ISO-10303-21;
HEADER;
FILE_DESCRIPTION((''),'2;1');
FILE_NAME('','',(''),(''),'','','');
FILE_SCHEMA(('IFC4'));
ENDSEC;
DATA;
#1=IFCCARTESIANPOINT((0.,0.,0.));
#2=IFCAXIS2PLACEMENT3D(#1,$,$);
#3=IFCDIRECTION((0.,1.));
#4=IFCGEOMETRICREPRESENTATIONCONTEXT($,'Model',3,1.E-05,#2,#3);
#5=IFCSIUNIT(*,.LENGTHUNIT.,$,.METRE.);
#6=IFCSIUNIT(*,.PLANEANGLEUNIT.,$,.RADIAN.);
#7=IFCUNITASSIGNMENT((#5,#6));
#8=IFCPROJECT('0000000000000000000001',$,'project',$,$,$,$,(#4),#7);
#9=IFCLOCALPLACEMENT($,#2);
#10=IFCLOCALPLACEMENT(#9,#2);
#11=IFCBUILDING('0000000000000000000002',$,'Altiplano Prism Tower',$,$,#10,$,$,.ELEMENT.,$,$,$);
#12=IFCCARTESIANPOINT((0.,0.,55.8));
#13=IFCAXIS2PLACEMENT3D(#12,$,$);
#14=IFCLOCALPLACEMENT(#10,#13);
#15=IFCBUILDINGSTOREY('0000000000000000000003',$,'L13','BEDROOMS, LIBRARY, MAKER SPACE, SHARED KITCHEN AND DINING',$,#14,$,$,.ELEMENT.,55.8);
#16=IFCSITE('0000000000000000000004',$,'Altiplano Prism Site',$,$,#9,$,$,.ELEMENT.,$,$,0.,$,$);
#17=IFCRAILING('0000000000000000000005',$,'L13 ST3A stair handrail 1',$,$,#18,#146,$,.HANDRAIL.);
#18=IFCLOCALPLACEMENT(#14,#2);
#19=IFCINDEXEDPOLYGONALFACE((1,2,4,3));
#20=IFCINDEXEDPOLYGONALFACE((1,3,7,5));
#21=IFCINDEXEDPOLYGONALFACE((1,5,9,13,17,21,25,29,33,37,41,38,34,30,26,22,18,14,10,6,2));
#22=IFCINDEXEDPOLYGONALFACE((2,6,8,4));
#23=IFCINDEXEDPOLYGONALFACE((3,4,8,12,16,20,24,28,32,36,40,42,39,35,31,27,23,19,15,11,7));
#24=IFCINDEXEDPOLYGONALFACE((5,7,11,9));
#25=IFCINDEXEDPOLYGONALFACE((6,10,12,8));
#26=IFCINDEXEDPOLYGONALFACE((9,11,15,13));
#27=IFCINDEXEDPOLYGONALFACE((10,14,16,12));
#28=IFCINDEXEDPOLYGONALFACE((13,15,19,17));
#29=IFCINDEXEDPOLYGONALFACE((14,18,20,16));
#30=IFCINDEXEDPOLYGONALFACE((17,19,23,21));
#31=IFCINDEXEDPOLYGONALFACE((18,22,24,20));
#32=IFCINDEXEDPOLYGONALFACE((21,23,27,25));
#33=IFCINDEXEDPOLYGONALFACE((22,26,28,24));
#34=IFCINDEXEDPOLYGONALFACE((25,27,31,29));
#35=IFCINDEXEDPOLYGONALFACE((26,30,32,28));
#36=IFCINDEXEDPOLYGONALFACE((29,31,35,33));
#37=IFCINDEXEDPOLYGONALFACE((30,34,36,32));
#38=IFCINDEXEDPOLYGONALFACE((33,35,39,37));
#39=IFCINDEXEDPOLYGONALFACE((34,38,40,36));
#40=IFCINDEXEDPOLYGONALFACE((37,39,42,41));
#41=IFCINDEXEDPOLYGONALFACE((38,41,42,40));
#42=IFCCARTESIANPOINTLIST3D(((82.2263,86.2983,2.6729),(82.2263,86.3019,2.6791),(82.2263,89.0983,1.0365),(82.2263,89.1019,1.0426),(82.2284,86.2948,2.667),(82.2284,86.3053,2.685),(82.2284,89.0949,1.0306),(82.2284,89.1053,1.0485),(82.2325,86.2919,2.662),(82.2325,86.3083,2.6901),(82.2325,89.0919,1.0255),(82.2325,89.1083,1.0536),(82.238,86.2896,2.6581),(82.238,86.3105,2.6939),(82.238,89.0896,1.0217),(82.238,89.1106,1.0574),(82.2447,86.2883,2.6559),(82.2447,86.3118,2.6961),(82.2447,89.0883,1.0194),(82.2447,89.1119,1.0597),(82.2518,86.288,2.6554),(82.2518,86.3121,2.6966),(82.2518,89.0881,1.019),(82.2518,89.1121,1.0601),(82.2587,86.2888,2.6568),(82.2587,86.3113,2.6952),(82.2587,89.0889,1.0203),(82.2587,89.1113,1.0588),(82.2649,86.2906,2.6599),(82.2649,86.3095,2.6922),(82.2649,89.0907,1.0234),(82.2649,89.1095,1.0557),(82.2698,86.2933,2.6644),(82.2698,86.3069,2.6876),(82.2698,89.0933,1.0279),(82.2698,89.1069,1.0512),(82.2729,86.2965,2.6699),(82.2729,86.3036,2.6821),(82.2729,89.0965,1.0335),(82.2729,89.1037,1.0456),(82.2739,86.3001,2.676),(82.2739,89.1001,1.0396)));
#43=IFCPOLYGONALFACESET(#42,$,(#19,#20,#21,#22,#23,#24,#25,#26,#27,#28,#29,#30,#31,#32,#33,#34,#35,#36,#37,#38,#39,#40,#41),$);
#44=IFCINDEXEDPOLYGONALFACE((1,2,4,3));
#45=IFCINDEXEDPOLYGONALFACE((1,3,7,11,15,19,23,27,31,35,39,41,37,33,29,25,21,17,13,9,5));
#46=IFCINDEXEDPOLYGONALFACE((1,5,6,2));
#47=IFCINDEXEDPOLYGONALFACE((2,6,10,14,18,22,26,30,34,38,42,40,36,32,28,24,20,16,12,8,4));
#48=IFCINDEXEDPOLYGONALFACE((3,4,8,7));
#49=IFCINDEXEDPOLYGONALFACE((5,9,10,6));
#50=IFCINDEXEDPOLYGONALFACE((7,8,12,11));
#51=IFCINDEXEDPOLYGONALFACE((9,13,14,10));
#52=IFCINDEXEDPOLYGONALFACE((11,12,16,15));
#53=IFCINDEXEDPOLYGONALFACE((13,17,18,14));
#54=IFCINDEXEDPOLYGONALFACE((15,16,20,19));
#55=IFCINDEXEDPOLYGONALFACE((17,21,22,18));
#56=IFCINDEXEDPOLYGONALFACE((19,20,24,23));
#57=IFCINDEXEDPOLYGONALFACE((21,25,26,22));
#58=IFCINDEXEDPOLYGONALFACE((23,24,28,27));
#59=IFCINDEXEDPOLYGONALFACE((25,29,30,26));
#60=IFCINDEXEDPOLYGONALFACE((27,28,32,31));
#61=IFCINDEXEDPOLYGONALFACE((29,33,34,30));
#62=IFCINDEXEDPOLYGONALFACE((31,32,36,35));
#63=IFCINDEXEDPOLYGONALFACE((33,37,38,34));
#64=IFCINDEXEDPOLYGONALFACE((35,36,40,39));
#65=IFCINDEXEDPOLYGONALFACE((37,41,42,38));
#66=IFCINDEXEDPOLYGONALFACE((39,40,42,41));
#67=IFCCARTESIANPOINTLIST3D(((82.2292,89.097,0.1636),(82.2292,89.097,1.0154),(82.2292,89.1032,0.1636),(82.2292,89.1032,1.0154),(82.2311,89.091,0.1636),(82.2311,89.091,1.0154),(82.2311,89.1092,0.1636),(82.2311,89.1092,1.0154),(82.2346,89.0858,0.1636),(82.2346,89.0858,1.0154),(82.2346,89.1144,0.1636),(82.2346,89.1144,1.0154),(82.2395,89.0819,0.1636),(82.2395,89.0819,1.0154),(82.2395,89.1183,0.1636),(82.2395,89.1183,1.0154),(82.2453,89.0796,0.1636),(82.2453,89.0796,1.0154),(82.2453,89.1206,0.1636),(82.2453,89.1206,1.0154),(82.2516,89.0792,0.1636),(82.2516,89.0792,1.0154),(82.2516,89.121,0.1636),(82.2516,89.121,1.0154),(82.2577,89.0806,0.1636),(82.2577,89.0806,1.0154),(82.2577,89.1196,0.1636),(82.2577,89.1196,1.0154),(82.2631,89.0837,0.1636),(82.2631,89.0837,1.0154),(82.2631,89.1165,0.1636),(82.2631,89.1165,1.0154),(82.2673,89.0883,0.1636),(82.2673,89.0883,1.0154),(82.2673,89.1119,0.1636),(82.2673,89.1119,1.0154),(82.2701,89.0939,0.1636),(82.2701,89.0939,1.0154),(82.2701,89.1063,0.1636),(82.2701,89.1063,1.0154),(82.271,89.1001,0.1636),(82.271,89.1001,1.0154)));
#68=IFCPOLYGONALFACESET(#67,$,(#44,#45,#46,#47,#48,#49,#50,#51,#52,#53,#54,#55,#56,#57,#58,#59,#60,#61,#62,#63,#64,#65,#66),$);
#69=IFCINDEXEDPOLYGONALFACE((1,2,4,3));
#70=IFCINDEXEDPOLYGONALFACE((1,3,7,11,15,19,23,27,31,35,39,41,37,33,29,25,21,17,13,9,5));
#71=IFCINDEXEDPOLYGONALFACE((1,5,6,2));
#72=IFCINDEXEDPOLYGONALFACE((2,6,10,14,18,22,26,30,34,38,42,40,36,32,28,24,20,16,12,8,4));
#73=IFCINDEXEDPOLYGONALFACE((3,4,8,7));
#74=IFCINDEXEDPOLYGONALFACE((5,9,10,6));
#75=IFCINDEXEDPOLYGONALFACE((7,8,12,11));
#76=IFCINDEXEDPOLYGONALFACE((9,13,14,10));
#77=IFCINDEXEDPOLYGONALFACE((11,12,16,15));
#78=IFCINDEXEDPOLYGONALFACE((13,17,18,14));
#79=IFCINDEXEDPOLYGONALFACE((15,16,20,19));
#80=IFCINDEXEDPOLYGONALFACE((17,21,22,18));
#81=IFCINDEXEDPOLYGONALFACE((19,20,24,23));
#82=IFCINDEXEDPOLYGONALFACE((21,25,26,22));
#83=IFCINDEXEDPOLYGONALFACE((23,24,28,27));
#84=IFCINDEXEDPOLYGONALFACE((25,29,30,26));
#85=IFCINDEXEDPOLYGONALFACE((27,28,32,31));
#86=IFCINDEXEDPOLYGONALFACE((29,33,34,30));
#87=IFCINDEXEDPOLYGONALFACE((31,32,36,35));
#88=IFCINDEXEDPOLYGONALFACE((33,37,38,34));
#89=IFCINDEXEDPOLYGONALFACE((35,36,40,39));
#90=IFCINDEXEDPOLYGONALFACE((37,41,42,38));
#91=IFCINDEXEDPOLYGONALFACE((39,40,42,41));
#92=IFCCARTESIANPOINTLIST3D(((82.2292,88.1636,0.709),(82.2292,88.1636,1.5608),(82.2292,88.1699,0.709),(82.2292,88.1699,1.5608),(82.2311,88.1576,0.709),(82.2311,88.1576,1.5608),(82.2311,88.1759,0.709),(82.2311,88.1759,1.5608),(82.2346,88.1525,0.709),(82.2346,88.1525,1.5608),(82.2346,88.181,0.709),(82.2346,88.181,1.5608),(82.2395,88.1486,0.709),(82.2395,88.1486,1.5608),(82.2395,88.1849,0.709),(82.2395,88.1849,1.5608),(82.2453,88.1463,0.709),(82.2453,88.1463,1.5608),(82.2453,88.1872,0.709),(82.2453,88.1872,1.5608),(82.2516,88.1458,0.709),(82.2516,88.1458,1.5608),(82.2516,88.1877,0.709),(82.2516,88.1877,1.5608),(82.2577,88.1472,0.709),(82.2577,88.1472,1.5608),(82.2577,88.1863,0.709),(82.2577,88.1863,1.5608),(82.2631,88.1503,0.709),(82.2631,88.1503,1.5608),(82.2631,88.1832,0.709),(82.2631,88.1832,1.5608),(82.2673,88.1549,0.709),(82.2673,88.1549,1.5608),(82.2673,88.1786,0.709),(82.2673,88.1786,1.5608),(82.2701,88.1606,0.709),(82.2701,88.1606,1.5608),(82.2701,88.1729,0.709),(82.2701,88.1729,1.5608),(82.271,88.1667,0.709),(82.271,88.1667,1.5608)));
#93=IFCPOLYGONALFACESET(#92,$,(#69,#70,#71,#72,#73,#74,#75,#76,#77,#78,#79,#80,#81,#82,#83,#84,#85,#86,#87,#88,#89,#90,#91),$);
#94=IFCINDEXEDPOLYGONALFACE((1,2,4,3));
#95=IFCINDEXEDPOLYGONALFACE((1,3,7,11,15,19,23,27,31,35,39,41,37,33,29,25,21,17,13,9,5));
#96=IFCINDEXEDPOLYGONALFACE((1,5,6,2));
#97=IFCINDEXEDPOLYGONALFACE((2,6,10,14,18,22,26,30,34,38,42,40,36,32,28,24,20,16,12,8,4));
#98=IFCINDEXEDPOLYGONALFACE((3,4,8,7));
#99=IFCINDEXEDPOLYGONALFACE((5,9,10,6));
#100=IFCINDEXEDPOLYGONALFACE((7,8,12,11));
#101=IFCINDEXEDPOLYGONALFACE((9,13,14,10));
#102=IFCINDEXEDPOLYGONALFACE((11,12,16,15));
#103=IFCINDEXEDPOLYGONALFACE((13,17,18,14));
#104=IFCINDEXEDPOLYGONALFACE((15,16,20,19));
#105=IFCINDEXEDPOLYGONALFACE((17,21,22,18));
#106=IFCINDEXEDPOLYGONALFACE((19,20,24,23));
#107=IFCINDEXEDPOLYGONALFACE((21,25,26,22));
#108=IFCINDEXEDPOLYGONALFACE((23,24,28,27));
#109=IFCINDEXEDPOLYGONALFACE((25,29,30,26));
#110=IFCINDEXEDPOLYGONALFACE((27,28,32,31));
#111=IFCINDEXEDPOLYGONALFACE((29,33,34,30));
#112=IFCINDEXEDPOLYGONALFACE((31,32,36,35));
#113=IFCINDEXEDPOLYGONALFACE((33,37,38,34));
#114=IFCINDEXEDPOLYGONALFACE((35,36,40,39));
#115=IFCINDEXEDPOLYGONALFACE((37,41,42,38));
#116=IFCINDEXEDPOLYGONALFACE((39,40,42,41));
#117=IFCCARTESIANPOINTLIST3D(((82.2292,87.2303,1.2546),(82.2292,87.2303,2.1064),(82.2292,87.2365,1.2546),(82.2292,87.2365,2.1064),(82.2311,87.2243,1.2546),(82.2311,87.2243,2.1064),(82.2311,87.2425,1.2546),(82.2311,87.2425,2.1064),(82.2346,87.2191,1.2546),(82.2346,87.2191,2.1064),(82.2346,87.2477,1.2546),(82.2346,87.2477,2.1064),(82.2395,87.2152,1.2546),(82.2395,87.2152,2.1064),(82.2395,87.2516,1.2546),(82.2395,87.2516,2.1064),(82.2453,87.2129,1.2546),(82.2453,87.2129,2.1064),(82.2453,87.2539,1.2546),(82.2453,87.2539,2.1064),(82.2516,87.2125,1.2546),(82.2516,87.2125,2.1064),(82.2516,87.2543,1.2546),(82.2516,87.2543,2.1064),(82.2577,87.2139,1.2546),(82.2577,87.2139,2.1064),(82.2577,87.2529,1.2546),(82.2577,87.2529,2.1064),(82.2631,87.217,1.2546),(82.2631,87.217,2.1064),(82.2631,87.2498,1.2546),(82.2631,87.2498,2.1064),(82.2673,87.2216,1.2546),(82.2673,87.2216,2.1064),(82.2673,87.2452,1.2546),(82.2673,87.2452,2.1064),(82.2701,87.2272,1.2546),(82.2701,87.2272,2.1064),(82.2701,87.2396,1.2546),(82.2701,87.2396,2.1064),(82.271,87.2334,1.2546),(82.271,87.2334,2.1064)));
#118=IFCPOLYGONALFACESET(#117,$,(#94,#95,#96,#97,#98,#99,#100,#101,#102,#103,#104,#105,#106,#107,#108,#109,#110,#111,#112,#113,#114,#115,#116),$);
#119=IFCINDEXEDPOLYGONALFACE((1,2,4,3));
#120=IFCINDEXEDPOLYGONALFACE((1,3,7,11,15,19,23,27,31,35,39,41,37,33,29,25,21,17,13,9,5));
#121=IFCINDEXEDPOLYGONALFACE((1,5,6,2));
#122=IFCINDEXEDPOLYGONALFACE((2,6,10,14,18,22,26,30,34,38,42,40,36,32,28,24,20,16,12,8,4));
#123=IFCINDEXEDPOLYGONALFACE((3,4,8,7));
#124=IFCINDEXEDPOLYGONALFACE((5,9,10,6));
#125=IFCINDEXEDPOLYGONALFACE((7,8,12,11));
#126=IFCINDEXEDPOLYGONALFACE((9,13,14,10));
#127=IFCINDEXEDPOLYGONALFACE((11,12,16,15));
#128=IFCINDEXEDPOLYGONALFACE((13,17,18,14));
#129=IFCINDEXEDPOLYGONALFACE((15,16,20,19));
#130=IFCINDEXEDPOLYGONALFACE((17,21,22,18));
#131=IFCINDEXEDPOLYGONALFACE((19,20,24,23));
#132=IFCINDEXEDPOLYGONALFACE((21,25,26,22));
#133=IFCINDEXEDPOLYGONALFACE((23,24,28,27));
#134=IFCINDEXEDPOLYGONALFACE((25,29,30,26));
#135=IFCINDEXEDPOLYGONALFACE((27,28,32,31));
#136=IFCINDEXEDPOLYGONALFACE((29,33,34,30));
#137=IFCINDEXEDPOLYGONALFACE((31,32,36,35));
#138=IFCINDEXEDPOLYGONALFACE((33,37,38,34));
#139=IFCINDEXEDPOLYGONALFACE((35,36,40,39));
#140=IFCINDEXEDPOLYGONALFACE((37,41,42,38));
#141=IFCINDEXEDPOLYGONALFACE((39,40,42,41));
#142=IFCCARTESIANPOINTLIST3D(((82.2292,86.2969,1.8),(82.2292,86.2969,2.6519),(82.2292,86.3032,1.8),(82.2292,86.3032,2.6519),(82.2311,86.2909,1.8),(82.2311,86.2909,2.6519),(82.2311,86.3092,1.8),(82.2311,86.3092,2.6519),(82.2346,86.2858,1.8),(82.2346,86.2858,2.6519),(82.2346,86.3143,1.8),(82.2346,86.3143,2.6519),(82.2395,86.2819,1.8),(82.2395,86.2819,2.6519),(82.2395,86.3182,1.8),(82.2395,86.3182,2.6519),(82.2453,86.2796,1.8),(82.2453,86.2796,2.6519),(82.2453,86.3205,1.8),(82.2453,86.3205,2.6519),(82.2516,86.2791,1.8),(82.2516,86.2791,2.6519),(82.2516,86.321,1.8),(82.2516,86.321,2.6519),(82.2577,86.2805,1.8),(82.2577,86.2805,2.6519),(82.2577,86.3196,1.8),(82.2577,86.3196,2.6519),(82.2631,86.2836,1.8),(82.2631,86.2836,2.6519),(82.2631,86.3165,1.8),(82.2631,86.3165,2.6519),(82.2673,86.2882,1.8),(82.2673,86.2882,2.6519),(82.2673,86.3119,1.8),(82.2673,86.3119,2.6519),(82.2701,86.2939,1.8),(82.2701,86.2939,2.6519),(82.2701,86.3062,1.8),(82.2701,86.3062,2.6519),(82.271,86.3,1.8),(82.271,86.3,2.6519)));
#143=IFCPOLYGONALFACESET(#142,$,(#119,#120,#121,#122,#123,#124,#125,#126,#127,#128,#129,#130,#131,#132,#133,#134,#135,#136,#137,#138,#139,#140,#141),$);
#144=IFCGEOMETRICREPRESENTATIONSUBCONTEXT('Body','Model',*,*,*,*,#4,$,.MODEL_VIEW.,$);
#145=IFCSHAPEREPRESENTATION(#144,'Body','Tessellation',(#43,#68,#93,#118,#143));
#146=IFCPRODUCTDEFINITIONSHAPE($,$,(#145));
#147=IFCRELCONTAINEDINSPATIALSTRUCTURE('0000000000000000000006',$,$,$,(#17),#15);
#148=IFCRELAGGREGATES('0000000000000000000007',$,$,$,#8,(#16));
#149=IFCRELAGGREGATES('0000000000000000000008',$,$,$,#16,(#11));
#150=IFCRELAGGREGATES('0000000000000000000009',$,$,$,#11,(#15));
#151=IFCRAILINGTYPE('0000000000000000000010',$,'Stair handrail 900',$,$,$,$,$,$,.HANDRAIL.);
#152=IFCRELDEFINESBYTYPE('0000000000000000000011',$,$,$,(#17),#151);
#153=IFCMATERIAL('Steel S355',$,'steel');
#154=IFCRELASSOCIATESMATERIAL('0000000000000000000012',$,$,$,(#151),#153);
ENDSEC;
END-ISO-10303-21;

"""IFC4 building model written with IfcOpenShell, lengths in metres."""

from ifc_helpers import new_model, si_unit, direction, frame, origin, origin_2d, place, context, subcontext, project, spatial, circle, extrude, material, type_object, element, save


model = new_model("IFC4")

# Units and contexts
model_context = context("Model", 3, precision=1e-05, world=origin(), true_north=direction((0.0, 1.0)))
body_context = subcontext(model_context, "Body", "Model", "MODEL_VIEW")
ifc_project = project(units=[si_unit("LENGTHUNIT", "METRE"), si_unit("PLANEANGLEUNIT", "RADIAN")], contexts=[model_context])

# Site, building, storey
site_placement = place(None, origin())
site = spatial("IfcSite", under=ifc_project, at=site_placement, Name="Altiplano Prism Site", CompositionType="ELEMENT", RefElevation=0.0)
building_placement = place(site_placement, origin())
building = spatial("IfcBuilding", under=site, at=building_placement, Name="Altiplano Prism Tower", CompositionType="ELEMENT")
storey_placement = place(building_placement, frame((0.0, 0.0, 55.8)))
storey = spatial("IfcBuildingStorey", under=building, at=storey_placement, Name="L13", Description="BEDROOMS, LIBRARY, MAKER SPACE, SHARED KITCHEN AND DINING", CompositionType="ELEMENT", Elevation=55.8)

# Railing
ifc_material_1 = material(Name="Steel S355", Category="steel")
railing_type_1 = type_object("IfcRailingType", Name="Stair handrail 900", PredefinedType="HANDRAIL", material=ifc_material_1)
railing_1_placement = place(storey_placement, frame((82.25, 89.1001, 0.1636)))
element("IfcRailing", 1, at=railing_1_placement, inside=storey, type_object=railing_type_1, Name="L13 ST3A stair handrail 1", PredefinedType="HANDRAIL", context=body_context, shape_type="SweptSolid", body=[
    extrude(circle(Radius=0.0239, at=origin_2d()), frame((0.0, 0.0, 0.876), z_axis=(0.0, -0.863361, 0.504587), x_axis=(1.0, 0.0, 0.0)), (0.0, 0.0, 1.0), 3.2432),
    extrude(circle(Radius=0.021, at=origin_2d()), origin(), (0.0, 0.0, 1.0), 0.8518),
    extrude(circle(Radius=0.021, at=origin_2d()), frame((0.0, -0.9333, 0.5454)), (0.0, 0.0, 1.0), 0.8518),
    extrude(circle(Radius=0.021, at=origin_2d()), frame((0.0, -1.8667, 1.0911)), (0.0, 0.0, 1.0), 0.8518),
    extrude(circle(Radius=0.021, at=origin_2d()), frame((0.0, -2.8, 1.6365)), (0.0, 0.0, 1.0), 0.8518),
])

save(model, "model.ifc")
